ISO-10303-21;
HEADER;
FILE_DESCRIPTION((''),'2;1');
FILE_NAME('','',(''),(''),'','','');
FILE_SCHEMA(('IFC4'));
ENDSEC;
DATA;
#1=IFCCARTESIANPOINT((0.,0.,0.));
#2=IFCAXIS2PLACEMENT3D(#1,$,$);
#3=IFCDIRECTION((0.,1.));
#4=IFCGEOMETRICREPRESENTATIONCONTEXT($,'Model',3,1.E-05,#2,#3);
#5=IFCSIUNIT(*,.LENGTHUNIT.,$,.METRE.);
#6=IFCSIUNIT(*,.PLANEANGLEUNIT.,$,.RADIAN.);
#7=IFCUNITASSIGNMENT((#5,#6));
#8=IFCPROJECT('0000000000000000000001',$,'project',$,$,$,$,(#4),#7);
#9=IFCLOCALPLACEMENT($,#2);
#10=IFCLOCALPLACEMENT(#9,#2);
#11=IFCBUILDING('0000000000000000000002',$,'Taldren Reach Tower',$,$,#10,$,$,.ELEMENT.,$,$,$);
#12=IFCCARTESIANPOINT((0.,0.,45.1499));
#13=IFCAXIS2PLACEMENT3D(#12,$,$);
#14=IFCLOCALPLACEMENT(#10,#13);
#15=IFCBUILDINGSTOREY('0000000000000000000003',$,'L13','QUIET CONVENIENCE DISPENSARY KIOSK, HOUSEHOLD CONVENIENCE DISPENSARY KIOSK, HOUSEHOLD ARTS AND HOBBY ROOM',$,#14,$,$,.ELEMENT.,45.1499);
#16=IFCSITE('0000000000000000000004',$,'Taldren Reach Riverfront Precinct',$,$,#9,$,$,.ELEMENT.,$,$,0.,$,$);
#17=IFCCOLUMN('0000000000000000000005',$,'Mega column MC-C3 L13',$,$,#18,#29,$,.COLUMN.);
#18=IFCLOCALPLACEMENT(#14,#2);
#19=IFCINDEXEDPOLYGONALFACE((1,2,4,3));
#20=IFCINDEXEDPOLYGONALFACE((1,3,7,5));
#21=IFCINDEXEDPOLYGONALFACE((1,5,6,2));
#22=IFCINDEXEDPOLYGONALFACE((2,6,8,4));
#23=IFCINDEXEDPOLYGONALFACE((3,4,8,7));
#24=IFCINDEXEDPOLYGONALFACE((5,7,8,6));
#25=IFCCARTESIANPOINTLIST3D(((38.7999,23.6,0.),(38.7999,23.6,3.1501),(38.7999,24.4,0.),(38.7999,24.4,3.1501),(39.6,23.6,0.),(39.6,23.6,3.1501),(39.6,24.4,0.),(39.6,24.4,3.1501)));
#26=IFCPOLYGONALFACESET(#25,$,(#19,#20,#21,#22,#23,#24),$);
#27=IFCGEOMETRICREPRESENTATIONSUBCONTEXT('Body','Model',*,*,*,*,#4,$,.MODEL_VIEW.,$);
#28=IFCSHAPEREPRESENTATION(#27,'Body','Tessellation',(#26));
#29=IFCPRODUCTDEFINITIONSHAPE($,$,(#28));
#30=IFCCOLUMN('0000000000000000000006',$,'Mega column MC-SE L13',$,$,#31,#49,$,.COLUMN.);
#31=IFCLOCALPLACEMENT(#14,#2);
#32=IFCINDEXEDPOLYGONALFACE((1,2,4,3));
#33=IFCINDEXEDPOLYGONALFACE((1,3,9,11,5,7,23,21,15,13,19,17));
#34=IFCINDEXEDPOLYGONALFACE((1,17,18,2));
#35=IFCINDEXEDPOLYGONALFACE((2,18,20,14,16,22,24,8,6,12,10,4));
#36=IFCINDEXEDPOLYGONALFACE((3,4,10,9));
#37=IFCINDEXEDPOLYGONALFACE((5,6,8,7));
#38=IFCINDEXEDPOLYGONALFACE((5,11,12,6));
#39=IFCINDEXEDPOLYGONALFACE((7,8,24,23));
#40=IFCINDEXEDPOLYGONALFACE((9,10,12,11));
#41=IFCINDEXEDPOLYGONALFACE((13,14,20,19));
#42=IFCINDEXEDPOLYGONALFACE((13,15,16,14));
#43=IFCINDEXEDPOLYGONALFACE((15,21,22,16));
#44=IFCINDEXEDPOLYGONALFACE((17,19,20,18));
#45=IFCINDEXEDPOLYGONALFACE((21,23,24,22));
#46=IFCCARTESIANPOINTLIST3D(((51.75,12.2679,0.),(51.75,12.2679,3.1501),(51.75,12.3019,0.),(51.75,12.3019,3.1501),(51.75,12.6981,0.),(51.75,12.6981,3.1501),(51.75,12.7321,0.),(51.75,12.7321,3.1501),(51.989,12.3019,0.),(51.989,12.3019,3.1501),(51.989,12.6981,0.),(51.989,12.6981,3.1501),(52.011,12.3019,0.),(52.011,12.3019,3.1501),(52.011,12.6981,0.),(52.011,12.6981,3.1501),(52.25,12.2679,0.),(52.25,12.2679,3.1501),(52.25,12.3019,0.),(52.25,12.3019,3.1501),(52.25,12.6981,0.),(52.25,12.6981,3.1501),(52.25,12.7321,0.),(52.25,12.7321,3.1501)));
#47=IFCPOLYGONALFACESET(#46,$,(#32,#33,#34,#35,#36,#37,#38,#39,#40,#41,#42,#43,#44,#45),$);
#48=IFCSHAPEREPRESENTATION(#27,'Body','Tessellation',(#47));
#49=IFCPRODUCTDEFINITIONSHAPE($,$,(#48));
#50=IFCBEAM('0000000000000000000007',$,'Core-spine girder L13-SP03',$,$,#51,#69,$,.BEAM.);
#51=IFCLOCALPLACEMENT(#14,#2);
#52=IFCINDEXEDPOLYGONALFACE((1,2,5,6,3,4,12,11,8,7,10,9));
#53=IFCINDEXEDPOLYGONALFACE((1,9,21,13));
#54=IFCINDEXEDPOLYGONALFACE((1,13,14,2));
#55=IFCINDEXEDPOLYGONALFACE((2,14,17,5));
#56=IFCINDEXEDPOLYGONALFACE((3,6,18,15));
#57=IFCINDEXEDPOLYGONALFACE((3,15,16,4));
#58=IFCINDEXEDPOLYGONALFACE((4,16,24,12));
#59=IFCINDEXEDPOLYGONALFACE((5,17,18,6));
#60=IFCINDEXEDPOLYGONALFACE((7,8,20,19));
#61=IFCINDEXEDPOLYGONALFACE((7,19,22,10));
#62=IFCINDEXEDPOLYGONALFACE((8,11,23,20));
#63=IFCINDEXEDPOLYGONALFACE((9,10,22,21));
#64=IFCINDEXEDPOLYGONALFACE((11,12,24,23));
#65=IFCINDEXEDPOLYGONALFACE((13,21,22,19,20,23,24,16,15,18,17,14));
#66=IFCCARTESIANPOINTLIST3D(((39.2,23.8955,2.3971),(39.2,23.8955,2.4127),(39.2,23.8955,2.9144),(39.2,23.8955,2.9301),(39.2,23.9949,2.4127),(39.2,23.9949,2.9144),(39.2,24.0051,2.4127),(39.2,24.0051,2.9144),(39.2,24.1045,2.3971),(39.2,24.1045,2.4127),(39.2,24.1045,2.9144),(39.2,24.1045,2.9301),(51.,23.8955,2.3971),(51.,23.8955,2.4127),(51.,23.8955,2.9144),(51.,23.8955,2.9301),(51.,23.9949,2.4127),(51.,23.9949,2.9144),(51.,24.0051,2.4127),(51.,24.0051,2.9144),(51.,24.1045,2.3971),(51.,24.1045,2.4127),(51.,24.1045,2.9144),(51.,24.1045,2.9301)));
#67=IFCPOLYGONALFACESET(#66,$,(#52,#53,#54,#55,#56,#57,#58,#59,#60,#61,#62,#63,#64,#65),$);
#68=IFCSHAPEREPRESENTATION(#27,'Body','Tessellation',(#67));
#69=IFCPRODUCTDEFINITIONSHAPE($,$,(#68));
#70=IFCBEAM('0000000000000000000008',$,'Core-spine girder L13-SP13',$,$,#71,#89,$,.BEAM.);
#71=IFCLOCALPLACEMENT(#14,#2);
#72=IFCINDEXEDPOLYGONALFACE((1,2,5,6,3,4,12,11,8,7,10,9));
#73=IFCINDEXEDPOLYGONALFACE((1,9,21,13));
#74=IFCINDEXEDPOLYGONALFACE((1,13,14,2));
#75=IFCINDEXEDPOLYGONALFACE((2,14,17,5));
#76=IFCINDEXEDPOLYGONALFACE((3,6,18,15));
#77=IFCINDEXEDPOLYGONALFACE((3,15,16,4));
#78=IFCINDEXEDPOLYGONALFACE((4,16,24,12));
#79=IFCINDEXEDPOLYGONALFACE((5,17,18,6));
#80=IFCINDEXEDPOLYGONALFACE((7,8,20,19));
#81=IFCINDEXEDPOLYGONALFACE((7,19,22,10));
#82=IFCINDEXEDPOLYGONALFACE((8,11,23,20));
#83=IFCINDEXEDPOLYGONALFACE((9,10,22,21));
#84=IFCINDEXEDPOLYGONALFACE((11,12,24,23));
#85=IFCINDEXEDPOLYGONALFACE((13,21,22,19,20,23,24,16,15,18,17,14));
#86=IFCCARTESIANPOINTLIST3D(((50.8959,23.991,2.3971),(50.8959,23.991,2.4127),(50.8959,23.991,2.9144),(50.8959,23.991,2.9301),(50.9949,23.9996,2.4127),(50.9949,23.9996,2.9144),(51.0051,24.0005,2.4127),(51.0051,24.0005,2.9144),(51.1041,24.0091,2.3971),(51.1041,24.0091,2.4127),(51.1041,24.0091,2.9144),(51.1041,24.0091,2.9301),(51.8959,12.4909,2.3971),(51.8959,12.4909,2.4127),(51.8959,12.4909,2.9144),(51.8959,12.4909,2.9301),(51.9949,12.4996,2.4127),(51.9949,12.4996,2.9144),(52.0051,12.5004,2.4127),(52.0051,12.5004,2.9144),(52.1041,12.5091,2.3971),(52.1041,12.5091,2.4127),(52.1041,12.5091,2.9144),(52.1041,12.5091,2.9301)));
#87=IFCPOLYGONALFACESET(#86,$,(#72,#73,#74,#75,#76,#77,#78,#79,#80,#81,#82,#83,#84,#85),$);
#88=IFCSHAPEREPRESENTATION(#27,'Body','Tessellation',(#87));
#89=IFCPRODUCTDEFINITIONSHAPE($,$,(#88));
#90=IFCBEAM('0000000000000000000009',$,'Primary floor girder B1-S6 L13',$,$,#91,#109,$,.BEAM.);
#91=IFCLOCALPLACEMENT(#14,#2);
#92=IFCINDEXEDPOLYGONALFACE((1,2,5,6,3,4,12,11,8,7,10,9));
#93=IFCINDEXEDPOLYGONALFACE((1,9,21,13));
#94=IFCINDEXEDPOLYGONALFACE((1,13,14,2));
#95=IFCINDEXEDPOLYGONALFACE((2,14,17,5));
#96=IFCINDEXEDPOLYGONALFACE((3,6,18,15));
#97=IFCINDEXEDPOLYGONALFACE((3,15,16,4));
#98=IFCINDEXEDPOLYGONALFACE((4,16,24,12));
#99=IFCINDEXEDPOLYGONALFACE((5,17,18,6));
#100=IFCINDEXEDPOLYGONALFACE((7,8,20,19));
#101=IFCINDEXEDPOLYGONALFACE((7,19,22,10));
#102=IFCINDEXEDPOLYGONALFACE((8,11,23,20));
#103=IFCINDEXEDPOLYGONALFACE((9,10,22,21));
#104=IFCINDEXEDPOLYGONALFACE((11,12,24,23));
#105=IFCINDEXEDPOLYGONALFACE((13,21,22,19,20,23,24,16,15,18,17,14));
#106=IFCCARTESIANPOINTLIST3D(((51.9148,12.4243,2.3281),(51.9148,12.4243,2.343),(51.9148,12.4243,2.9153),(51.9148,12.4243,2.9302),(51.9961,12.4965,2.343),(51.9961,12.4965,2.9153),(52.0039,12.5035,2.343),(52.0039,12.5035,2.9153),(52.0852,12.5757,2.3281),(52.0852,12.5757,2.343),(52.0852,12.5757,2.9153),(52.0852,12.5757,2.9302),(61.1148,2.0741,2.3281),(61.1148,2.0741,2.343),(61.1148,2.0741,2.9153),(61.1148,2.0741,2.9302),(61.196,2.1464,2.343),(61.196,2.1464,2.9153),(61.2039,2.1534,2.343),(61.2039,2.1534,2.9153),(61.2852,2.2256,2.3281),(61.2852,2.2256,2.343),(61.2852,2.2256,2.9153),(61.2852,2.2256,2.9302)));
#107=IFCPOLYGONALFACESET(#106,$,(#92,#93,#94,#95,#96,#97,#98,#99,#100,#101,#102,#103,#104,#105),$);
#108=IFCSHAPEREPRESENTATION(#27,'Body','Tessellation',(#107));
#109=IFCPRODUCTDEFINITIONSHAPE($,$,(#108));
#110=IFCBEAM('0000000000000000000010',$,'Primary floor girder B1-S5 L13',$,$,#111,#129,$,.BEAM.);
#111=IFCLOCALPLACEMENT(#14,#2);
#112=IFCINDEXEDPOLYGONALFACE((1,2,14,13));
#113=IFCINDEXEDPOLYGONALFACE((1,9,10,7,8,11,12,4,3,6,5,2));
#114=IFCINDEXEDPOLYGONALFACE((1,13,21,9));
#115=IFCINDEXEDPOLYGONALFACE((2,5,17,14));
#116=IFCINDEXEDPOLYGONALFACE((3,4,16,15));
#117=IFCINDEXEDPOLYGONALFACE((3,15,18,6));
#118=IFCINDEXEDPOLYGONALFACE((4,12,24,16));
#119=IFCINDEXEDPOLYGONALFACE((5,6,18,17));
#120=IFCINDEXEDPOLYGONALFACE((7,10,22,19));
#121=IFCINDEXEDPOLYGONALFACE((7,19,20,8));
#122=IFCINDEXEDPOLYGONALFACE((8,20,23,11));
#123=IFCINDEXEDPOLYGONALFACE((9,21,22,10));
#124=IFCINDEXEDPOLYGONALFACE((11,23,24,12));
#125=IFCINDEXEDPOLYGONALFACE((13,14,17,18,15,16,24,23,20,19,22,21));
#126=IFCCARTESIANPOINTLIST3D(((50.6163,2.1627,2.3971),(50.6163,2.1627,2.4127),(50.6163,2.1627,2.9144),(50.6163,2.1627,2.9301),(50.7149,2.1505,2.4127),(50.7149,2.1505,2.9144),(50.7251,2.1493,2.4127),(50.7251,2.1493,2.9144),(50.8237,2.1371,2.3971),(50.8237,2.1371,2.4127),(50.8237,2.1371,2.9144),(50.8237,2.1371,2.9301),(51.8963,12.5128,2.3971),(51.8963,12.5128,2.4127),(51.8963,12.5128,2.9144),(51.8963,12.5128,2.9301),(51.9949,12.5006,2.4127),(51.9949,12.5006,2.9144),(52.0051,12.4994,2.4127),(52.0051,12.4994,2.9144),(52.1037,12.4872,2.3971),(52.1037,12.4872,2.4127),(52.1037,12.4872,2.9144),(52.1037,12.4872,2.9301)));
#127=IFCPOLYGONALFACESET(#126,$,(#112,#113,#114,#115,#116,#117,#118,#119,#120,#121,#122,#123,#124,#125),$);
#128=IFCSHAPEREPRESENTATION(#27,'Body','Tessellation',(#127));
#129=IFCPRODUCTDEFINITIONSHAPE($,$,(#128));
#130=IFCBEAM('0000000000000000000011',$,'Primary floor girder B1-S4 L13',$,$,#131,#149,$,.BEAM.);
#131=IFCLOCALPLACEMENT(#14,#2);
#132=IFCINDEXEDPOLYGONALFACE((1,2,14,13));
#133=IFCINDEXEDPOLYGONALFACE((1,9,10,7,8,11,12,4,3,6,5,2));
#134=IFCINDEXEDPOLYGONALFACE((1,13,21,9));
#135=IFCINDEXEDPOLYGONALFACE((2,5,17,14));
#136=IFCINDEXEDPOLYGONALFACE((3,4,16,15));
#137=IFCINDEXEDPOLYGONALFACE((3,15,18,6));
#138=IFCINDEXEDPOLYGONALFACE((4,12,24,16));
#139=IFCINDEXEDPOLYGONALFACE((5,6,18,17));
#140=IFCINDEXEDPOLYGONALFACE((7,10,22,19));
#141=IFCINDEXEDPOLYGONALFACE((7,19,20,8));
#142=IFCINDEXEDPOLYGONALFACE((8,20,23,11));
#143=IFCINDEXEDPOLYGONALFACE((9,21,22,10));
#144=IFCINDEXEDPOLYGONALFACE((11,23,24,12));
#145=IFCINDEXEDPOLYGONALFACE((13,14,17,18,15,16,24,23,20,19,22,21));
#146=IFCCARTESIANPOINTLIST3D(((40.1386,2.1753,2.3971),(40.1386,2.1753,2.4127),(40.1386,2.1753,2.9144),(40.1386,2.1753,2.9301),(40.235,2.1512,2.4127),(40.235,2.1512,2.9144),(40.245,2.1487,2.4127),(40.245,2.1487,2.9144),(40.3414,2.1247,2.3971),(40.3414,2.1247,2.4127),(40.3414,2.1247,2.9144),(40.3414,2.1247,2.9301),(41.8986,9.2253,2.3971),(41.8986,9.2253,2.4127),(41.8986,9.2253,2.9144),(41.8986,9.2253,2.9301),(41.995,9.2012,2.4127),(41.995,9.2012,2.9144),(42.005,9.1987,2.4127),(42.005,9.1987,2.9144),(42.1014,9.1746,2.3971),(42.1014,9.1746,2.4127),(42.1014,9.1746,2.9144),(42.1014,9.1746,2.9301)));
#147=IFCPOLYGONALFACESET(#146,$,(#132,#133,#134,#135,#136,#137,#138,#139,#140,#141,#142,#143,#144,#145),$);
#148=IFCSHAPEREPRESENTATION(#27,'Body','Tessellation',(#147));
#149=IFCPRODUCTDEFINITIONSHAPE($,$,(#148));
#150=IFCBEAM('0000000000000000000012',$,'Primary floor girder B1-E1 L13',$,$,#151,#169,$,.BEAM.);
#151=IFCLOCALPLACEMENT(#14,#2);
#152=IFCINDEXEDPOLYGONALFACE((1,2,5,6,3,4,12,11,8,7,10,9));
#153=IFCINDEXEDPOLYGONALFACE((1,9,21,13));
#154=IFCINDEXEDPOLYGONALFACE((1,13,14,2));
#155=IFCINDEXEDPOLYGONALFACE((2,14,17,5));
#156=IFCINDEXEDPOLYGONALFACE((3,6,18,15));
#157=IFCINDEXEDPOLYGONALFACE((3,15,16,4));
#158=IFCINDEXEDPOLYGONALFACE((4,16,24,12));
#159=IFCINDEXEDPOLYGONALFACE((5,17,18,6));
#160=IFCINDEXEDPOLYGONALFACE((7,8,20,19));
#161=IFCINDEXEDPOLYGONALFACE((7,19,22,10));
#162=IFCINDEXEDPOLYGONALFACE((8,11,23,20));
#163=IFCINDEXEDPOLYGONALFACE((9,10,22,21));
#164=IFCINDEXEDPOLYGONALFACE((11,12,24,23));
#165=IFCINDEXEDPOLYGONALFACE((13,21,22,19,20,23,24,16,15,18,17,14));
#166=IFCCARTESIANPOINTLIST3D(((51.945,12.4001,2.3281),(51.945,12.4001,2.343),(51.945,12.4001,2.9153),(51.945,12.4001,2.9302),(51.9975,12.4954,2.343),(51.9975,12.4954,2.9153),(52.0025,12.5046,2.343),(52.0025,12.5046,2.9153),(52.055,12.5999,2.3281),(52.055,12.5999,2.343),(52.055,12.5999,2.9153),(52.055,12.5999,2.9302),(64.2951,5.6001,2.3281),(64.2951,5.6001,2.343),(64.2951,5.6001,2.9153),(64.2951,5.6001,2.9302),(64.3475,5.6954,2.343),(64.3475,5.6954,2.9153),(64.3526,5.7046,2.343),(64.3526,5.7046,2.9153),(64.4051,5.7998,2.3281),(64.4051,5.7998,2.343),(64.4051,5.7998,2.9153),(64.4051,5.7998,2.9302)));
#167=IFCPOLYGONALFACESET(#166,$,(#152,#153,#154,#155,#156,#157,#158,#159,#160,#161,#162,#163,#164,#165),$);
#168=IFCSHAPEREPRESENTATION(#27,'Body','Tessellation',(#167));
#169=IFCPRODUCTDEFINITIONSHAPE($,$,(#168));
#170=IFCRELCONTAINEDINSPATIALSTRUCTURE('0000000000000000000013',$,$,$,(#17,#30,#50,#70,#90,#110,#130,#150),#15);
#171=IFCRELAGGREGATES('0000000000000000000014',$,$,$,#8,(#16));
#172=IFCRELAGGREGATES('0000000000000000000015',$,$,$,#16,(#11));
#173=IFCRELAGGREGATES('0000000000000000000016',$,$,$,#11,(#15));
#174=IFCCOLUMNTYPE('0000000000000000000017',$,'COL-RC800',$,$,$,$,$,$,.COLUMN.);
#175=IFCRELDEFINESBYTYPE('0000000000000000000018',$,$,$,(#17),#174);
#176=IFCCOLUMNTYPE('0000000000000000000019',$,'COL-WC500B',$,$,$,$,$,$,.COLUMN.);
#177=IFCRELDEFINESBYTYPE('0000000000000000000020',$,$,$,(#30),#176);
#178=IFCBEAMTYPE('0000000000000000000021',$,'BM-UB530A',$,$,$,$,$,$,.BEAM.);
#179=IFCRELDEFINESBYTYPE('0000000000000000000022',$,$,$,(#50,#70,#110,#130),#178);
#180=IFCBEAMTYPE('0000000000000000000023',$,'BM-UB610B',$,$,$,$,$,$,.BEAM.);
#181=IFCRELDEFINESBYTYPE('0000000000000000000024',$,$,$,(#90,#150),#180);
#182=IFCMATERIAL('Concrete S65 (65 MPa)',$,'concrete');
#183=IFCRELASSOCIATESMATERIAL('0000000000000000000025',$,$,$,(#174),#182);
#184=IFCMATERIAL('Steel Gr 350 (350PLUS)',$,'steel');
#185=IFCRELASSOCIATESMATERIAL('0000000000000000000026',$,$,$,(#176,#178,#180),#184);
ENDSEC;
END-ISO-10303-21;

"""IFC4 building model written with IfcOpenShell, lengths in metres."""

from ifc_helpers import new_model, si_unit, direction, frame, origin, origin_2d, place, context, subcontext, project, spatial, rectangle, i_section, extrude, source, transform, mapped, material, material_profile, profile_set, type_object, element, save


model = new_model("IFC4")

# Units and contexts
model_context = context("Model", 3, precision=1e-05, world=origin(), true_north=direction((0.0, 1.0)))
body_context = subcontext(model_context, "Body", "Model", "MODEL_VIEW")
ifc_project = project(units=[si_unit("LENGTHUNIT", "METRE"), si_unit("PLANEANGLEUNIT", "RADIAN")], contexts=[model_context])

# Site, building, storey
site_placement = place(None, origin())
site = spatial("IfcSite", under=ifc_project, at=site_placement, Name="Taldren Reach Riverfront Precinct", CompositionType="ELEMENT", RefElevation=0.0)
building_placement = place(site_placement, origin())
building = spatial("IfcBuilding", under=site, at=building_placement, Name="Taldren Reach Tower", CompositionType="ELEMENT")
storey_placement = place(building_placement, frame((0.0, 0.0, 45.1499)))
storey = spatial("IfcBuildingStorey", under=building, at=storey_placement, Name="L13", Description="QUIET CONVENIENCE DISPENSARY KIOSK, HOUSEHOLD CONVENIENCE DISPENSARY KIOSK, HOUSEHOLD ARTS AND HOBBY ROOM", CompositionType="ELEMENT", Elevation=45.1499)

# Columns
ifc_material_1 = material(Name="Concrete S65 (65 MPa)", Category="concrete")
ifc_material_profile_1 = material_profile(ifc_material_1, rectangle(XDim=0.8, YDim=0.8, at=origin_2d()), Name="RC-800x800")
ifc_profile_set_1 = profile_set([ifc_material_profile_1], Name="Concrete S65 (65 MPa)")
column_type_1 = type_object("IfcColumnType", Name="COL-RC800", PredefinedType="COLUMN", material=ifc_profile_set_1)
shared_shape_1 = source(origin(), body_context, "Body", "SweptSolid", [
    extrude(rectangle(XDim=0.8, YDim=0.8, at=origin_2d()), origin(), (0.0, 0.0, 1.0), 3.1501),
])
column_1_placement = place(storey_placement, frame((39.2, 24.0, 0.0), z_axis=(0.0, 0.0, 1.0), x_axis=(1.0, 0.0, 0.0)))
element("IfcColumn", 1, at=column_1_placement, inside=storey, type_object=column_type_1, Name="Mega column MC-C3 L13", PredefinedType="COLUMN", context=body_context, shape_type="MappedRepresentation", body=[
    mapped(shared_shape_1, transform((0.0, 0.0, 0.0), scale=1.0)),
])
ifc_material_2 = material(Name="Steel Gr 350 (350PLUS)", Category="steel")
ifc_material_profile_2 = material_profile(ifc_material_2, i_section(OverallWidth=0.5, OverallDepth=0.4641, WebThickness=0.022, FlangeThickness=0.0339, at=origin_2d()), Name="500WC340")
ifc_profile_set_2 = profile_set([ifc_material_profile_2], Name="Steel Gr 350 (350PLUS)")
column_type_2 = type_object("IfcColumnType", Name="COL-WC500B", PredefinedType="COLUMN", material=ifc_profile_set_2)
shared_shape_2 = source(origin(), body_context, "Body", "SweptSolid", [
    extrude(i_section(OverallWidth=0.5, OverallDepth=0.4641, WebThickness=0.022, FlangeThickness=0.0339, at=origin_2d()), origin(), (0.0, 0.0, 1.0), 3.1501),
])
column_2_placement = place(storey_placement, frame((52.0, 12.5, 0.0), z_axis=(0.0, 0.0, 1.0), x_axis=(1.0, 0.0, 0.0)))
element("IfcColumn", 2, at=column_2_placement, inside=storey, type_object=column_type_2, Name="Mega column MC-SE L13", PredefinedType="COLUMN", context=body_context, shape_type="MappedRepresentation", body=[
    mapped(shared_shape_2, transform((0.0, 0.0, 0.0), scale=1.0)),
])

# Beams
ifc_material_profile_3 = material_profile(ifc_material_2, i_section(OverallWidth=0.209, OverallDepth=0.533, WebThickness=0.0103, FlangeThickness=0.0156, at=origin_2d()), Name="530UB92.4")
ifc_profile_set_3 = profile_set([ifc_material_profile_3], Name="Steel Gr 350 (350PLUS)")
beam_type_1 = type_object("IfcBeamType", Name="BM-UB530A", PredefinedType="BEAM", material=ifc_profile_set_3)
shared_shape_3 = source(origin(), body_context, "Body", "SweptSolid", [
    extrude(i_section(OverallWidth=0.209, OverallDepth=0.533, WebThickness=0.0103, FlangeThickness=0.0156, at=origin_2d()), origin(), (0.0, 0.0, 1.0), 11.8),
])
beam_1_placement = place(storey_placement, frame((39.2, 24.0, 2.6636), z_axis=(1.0, 0.0, 0.0), x_axis=(0.0, 1.0, 0.0)))
element("IfcBeam", 3, at=beam_1_placement, inside=storey, type_object=beam_type_1, Name="Core-spine girder L13-SP03", PredefinedType="BEAM", context=body_context, shape_type="MappedRepresentation", body=[
    mapped(shared_shape_3, transform((0.0, 0.0, 0.0), scale=1.0)),
])
shared_shape_4 = source(origin(), body_context, "Body", "SweptSolid", [
    extrude(i_section(OverallWidth=0.209, OverallDepth=0.533, WebThickness=0.0103, FlangeThickness=0.0156, at=origin_2d()), origin(), (0.0, 0.0, 1.0), 11.5435),
])
beam_2_placement = place(storey_placement, frame((52.0, 12.5, 2.6636), z_axis=(-0.08663, 0.996241, 0.0), x_axis=(-0.996241, -0.08663, 0.0)))
element("IfcBeam", 4, at=beam_2_placement, inside=storey, type_object=beam_type_1, Name="Core-spine girder L13-SP13", PredefinedType="BEAM", context=body_context, shape_type="MappedRepresentation", body=[
    mapped(shared_shape_4, transform((0.0, 0.0, 0.0), scale=1.0)),
])
ifc_material_profile_4 = material_profile(ifc_material_2, i_section(OverallWidth=0.228, OverallDepth=0.6021, WebThickness=0.0105, FlangeThickness=0.0149, at=origin_2d()), Name="610UB101")
ifc_profile_set_4 = profile_set([ifc_material_profile_4], Name="Steel Gr 350 (350PLUS)")
beam_type_2 = type_object("IfcBeamType", Name="BM-UB610B", PredefinedType="BEAM", material=ifc_profile_set_4)
shared_shape_5 = source(origin(), body_context, "Body", "SweptSolid", [
    extrude(i_section(OverallWidth=0.228, OverallDepth=0.6021, WebThickness=0.0105, FlangeThickness=0.0149, at=origin_2d()), origin(), (0.0, 0.0, 1.0), 13.8479),
])
beam_3_placement = place(storey_placement, frame((52.0, 12.5, 2.6292), z_axis=(0.664358, -0.747414, 0.0), x_axis=(0.747414, 0.664358, 0.0)))
element("IfcBeam", 5, at=beam_3_placement, inside=storey, type_object=beam_type_2, Name="Primary floor girder B1-S6 L13", PredefinedType="BEAM", context=body_context, shape_type="MappedRepresentation", body=[
    mapped(shared_shape_5, transform((0.0, 0.0, 0.0), scale=1.0)),
])
shared_shape_6 = source(origin(), body_context, "Body", "SweptSolid", [
    extrude(i_section(OverallWidth=0.209, OverallDepth=0.533, WebThickness=0.0103, FlangeThickness=0.0156, at=origin_2d()), origin(), (0.0, 0.0, 1.0), 10.429),
])
beam_4_placement = place(storey_placement, frame((52.0, 12.5, 2.6636), z_axis=(-0.122738, -0.992439, 0.0), x_axis=(0.992439, -0.122738, 0.0)))
element("IfcBeam", 6, at=beam_4_placement, inside=storey, type_object=beam_type_1, Name="Primary floor girder B1-S5 L13", PredefinedType="BEAM", context=body_context, shape_type="MappedRepresentation", body=[
    mapped(shared_shape_6, transform((0.0, 0.0, 0.0), scale=1.0)),
])
shared_shape_7 = source(origin(), body_context, "Body", "SweptSolid", [
    extrude(i_section(OverallWidth=0.209, OverallDepth=0.533, WebThickness=0.0103, FlangeThickness=0.0156, at=origin_2d()), origin(), (0.0, 0.0, 1.0), 7.2664),
])
beam_5_placement = place(storey_placement, frame((42.0, 9.2, 2.6636), z_axis=(-0.242211, -0.970223, 0.0), x_axis=(0.970223, -0.242211, 0.0)))
element("IfcBeam", 7, at=beam_5_placement, inside=storey, type_object=beam_type_1, Name="Primary floor girder B1-S4 L13", PredefinedType="BEAM", context=body_context, shape_type="MappedRepresentation", body=[
    mapped(shared_shape_7, transform((0.0, 0.0, 0.0), scale=1.0)),
])
shared_shape_8 = source(origin(), body_context, "Body", "SweptSolid", [
    extrude(i_section(OverallWidth=0.228, OverallDepth=0.6021, WebThickness=0.0105, FlangeThickness=0.0149, at=origin_2d()), origin(), (0.0, 0.0, 1.0), 14.0984),
])
beam_6_placement = place(storey_placement, frame((52.0, 12.5, 2.6292), z_axis=(0.875991, -0.482327, 0.0), x_axis=(0.482327, 0.875991, 0.0)))
element("IfcBeam", 8, at=beam_6_placement, inside=storey, type_object=beam_type_2, Name="Primary floor girder B1-E1 L13", PredefinedType="BEAM", context=body_context, shape_type="MappedRepresentation", body=[
    mapped(shared_shape_8, transform((0.0, 0.0, 0.0), scale=1.0)),
])

save(model, "model.ifc")
